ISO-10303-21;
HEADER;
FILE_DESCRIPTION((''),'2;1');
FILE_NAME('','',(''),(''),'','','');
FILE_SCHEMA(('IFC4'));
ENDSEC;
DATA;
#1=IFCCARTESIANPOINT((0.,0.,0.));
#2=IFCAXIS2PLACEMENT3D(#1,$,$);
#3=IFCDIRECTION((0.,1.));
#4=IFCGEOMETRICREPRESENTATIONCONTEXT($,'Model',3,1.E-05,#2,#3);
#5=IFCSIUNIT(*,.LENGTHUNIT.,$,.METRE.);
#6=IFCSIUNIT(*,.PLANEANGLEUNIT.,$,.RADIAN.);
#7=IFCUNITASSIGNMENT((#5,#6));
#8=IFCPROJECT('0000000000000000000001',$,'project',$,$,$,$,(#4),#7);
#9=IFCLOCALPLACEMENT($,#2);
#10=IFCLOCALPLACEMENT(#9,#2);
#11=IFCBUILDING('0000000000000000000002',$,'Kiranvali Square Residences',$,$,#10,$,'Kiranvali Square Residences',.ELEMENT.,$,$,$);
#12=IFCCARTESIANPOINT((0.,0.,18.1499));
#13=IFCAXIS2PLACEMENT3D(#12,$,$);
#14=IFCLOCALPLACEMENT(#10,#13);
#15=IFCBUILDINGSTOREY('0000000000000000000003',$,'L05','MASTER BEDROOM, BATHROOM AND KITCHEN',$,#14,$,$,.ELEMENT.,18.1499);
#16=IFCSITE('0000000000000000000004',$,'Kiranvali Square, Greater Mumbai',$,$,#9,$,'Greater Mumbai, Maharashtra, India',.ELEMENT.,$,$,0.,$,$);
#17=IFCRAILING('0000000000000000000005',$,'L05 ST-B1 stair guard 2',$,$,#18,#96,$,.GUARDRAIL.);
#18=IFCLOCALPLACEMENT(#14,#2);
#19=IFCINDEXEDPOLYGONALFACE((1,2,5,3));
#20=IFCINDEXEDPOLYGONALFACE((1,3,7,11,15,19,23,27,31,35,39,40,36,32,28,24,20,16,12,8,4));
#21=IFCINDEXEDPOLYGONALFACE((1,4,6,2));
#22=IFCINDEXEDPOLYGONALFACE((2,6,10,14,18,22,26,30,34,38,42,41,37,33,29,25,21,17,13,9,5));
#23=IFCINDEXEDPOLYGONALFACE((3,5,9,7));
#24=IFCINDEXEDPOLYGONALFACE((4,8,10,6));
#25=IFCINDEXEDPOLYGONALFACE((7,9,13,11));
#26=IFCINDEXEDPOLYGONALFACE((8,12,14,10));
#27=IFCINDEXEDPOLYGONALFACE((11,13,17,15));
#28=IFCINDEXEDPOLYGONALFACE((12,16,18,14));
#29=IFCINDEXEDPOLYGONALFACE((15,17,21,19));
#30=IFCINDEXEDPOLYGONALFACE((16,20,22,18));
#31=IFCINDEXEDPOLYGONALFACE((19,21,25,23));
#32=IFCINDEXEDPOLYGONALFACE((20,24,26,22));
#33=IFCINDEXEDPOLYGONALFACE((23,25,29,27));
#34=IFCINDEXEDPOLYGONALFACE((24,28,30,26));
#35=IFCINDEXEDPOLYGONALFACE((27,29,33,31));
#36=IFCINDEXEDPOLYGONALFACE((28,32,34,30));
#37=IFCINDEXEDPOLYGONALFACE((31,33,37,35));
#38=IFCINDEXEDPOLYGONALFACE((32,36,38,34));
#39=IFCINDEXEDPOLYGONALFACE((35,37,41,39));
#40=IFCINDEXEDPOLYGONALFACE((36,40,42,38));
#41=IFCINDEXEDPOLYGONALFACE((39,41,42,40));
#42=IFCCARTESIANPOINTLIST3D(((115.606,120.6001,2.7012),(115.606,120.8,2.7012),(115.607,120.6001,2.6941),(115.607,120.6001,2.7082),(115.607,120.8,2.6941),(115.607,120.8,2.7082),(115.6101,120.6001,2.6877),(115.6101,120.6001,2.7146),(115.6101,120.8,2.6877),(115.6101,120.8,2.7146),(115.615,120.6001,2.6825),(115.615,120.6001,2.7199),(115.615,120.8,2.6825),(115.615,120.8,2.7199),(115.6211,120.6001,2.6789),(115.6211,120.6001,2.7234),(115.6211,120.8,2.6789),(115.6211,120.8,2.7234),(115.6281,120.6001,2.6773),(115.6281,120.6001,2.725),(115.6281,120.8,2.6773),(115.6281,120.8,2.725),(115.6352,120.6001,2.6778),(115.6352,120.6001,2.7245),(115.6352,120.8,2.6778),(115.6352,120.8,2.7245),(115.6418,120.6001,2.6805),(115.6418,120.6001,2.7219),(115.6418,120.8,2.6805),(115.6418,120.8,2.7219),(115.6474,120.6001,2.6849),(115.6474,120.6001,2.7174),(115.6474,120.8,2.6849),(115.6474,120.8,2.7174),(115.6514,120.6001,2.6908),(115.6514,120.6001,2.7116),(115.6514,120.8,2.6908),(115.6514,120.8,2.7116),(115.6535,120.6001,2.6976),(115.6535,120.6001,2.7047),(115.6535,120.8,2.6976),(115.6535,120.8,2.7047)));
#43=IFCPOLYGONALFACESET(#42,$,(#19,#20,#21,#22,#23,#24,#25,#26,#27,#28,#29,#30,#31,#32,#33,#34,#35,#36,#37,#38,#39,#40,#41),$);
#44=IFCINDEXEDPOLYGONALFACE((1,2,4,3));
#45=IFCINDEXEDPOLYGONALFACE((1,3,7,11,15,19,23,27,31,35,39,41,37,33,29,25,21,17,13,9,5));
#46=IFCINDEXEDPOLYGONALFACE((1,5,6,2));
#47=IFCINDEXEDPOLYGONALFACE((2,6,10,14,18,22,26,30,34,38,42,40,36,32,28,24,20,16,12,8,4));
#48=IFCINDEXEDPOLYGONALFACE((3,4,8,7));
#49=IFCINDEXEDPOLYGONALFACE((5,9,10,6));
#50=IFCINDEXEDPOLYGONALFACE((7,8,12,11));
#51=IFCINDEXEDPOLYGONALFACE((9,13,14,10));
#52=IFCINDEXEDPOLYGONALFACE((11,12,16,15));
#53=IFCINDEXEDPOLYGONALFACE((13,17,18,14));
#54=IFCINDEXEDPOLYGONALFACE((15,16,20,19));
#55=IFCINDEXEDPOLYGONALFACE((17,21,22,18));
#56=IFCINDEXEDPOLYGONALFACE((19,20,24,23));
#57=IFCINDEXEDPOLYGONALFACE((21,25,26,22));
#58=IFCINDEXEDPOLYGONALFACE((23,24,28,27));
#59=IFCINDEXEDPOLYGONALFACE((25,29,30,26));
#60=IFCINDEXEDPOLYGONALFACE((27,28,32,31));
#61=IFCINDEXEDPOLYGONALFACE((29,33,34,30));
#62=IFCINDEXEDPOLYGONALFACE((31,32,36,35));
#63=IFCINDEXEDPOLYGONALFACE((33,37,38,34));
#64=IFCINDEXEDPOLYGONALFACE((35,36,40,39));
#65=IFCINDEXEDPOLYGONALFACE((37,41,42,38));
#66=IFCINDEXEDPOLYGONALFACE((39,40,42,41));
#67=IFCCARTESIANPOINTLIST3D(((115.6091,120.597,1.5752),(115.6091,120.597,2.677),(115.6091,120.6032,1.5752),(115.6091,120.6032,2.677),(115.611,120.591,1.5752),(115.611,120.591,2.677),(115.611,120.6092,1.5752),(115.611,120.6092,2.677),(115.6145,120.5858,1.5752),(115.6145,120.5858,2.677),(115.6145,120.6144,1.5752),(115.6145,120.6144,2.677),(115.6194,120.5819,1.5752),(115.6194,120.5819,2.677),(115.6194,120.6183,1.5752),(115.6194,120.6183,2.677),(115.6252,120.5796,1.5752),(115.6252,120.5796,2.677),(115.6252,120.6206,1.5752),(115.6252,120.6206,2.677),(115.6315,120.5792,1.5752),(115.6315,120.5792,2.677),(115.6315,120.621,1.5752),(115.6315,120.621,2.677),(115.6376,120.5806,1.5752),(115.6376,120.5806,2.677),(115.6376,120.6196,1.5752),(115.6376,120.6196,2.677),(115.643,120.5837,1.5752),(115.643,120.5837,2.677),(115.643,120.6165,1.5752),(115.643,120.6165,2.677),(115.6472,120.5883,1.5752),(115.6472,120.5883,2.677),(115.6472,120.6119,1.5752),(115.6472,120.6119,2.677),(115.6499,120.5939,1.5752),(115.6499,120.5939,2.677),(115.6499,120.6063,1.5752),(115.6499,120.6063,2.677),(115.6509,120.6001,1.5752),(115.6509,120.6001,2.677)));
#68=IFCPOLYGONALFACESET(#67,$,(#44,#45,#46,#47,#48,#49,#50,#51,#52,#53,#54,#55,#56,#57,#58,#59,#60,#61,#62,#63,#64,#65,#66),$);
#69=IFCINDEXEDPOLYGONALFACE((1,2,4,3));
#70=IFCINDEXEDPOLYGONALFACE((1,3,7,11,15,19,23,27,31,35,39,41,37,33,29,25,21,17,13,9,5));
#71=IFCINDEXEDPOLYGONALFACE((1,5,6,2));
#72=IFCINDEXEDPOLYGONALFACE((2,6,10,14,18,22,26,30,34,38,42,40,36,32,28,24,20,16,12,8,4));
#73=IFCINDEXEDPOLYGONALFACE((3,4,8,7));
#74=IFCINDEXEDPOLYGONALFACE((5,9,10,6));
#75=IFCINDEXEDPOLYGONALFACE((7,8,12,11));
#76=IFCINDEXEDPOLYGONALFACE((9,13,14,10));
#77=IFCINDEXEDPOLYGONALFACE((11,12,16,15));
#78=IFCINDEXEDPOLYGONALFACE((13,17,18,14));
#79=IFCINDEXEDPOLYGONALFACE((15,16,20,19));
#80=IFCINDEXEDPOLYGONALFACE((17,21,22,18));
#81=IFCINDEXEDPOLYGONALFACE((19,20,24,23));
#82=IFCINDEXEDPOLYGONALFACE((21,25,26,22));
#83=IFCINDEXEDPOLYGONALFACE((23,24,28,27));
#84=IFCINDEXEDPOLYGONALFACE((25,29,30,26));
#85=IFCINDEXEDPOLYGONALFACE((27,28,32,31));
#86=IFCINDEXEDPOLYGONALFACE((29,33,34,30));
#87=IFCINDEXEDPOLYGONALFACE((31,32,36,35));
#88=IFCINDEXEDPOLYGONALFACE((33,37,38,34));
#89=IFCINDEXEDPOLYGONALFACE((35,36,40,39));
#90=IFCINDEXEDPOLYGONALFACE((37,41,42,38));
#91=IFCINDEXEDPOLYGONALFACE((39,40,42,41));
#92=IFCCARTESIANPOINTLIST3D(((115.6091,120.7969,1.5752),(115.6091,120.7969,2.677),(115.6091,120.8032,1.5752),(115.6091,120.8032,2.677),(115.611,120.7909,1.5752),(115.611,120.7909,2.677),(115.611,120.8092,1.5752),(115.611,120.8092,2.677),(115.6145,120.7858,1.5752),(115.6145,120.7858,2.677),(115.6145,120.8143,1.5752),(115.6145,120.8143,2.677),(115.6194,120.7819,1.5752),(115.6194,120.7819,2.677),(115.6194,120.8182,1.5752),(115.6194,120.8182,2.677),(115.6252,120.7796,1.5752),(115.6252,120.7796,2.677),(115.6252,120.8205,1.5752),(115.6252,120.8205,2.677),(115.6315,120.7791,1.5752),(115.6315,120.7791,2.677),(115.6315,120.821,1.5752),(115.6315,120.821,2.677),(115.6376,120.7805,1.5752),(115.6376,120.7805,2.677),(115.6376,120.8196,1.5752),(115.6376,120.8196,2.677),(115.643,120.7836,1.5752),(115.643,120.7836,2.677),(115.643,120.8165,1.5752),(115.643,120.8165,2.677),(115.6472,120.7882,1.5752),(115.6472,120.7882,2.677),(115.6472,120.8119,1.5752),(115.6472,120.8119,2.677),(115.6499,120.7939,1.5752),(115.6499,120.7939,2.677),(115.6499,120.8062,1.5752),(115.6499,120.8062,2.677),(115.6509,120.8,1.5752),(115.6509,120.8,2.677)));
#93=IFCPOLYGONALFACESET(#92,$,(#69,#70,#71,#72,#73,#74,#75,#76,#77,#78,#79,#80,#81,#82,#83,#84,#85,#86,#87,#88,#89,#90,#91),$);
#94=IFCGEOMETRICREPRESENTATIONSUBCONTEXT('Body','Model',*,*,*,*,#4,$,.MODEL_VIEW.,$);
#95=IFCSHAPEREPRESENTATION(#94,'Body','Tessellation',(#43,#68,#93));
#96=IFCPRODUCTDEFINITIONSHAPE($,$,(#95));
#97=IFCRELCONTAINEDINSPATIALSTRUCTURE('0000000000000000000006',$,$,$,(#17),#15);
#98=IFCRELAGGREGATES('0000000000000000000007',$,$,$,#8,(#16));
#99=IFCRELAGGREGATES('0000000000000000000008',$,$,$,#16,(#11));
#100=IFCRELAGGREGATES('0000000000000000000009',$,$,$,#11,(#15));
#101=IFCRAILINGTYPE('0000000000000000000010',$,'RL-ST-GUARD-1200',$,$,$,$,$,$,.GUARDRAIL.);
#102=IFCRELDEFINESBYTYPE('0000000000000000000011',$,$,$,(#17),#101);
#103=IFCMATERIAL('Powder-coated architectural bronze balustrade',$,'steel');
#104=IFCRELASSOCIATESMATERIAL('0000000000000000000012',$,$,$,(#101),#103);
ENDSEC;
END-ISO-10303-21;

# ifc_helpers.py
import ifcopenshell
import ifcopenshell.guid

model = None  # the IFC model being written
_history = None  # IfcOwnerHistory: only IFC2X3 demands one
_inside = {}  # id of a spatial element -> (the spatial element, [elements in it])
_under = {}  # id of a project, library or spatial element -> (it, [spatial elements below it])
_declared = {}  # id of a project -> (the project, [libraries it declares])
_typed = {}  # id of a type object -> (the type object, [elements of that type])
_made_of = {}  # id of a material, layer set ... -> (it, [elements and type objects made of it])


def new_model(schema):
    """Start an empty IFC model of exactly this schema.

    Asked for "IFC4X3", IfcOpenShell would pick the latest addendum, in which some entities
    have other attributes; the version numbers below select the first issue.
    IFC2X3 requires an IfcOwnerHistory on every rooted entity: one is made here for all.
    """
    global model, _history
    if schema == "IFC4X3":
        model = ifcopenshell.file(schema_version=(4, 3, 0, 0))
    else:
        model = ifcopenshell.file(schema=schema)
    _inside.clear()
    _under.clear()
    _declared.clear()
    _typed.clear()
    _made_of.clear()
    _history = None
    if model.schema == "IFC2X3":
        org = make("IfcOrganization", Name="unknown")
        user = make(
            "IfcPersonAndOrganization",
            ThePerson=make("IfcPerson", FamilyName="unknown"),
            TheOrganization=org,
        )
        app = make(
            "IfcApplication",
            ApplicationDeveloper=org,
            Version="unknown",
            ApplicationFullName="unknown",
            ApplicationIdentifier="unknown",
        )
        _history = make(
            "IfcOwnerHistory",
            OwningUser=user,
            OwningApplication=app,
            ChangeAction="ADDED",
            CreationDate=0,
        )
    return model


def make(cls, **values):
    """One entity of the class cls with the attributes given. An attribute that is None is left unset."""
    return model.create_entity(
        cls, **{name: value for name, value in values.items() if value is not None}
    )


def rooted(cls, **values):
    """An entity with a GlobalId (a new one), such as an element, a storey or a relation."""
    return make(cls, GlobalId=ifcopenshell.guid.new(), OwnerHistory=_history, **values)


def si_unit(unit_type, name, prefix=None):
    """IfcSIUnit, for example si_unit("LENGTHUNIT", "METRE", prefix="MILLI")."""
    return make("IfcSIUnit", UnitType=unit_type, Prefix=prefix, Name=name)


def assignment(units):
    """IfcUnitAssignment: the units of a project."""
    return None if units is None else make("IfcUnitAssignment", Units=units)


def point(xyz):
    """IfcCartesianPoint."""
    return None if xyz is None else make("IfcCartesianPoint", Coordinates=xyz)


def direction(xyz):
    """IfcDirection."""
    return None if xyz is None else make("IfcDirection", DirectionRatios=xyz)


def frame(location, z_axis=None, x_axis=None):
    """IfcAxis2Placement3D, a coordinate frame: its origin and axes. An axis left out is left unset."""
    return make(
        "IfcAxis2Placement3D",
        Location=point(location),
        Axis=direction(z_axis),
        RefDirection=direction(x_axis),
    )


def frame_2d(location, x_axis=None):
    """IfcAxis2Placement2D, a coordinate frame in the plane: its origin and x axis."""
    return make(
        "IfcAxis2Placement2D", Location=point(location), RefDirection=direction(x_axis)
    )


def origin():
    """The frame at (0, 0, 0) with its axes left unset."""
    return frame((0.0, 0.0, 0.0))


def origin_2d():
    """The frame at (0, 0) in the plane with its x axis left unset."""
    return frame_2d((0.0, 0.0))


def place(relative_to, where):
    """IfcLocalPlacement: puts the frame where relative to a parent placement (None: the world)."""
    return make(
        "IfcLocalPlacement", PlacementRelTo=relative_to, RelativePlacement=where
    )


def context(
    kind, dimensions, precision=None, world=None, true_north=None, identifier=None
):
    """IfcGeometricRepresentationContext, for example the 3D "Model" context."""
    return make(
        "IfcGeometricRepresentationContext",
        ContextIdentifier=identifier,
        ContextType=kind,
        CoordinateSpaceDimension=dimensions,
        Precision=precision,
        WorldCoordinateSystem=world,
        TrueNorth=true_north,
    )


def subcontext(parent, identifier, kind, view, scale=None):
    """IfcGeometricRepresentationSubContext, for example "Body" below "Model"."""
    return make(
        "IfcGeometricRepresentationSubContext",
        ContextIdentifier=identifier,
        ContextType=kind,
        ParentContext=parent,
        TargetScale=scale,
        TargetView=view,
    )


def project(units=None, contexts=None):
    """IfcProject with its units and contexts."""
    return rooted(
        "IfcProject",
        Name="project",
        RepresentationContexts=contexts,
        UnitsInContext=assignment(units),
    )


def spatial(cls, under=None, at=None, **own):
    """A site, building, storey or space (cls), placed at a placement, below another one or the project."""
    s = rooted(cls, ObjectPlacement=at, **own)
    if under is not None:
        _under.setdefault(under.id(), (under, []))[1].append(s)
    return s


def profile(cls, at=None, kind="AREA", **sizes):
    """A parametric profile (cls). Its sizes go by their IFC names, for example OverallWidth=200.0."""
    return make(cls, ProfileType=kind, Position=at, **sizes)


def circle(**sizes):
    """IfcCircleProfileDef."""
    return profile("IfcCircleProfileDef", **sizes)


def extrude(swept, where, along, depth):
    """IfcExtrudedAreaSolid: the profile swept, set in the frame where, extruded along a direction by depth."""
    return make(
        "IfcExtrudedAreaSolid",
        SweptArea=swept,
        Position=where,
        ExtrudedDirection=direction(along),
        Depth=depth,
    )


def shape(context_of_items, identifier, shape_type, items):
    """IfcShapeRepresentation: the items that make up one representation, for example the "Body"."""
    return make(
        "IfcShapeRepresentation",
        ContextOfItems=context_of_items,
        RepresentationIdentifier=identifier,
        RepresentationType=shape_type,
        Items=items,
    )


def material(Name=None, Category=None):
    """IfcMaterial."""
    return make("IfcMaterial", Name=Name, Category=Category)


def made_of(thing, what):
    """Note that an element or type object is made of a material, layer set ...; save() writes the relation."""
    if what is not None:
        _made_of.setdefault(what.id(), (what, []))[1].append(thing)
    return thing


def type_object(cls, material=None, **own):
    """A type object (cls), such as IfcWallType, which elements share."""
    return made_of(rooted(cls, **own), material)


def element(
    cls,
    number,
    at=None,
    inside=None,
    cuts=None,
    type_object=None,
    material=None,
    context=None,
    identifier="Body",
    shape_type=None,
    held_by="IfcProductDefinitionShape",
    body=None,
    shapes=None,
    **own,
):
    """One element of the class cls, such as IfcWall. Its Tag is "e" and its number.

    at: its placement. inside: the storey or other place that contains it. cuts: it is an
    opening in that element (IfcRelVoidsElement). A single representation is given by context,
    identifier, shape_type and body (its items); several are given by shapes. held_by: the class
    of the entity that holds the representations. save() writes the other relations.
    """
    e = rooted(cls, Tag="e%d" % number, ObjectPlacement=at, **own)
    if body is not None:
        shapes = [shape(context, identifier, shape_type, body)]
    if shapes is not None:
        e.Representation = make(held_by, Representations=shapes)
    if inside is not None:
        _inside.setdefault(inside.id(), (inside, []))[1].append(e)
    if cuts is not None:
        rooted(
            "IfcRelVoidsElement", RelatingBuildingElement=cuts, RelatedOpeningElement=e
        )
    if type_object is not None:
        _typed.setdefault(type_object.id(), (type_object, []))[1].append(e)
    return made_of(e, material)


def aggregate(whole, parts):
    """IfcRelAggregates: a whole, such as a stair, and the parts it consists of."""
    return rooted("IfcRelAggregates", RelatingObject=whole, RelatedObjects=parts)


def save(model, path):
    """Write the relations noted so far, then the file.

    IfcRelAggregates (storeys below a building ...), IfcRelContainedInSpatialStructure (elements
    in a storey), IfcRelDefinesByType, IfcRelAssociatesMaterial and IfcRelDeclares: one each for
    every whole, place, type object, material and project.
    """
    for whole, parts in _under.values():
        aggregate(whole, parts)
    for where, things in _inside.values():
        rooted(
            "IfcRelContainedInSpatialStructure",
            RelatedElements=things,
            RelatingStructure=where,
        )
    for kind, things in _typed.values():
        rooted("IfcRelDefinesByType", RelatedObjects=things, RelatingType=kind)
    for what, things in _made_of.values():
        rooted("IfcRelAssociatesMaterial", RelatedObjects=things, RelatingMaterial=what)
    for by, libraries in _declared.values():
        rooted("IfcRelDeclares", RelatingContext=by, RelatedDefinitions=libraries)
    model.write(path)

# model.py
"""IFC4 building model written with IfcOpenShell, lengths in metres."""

from ifc_helpers import new_model, si_unit, direction, frame, origin, origin_2d, place, context, subcontext, project, spatial, circle, extrude, material, type_object, element, save


model = new_model("IFC4")

# Units and contexts
model_context = context("Model", 3, precision=1e-05, world=origin(), true_north=direction((0.0, 1.0)))
body_context = subcontext(model_context, "Body", "Model", "MODEL_VIEW")
ifc_project = project(units=[si_unit("LENGTHUNIT", "METRE"), si_unit("PLANEANGLEUNIT", "RADIAN")], contexts=[model_context])

# Site, building, storey
site_placement = place(None, origin())
site = spatial("IfcSite", under=ifc_project, at=site_placement, Name="Kiranvali Square, Greater Mumbai", LongName="Greater Mumbai, Maharashtra, India", CompositionType="ELEMENT", RefElevation=0.0)
building_placement = place(site_placement, origin())
building = spatial("IfcBuilding", under=site, at=building_placement, Name="Kiranvali Square Residences", LongName="Kiranvali Square Residences", CompositionType="ELEMENT")
storey_placement = place(building_placement, frame((0.0, 0.0, 18.1499)))
storey = spatial("IfcBuildingStorey", under=building, at=storey_placement, Name="L05", Description="MASTER BEDROOM, BATHROOM AND KITCHEN", CompositionType="ELEMENT", Elevation=18.1499)

# Railing
ifc_material_1 = material(Name="Powder-coated architectural bronze balustrade", Category="steel")
railing_type_1 = type_object("IfcRailingType", Name="RL-ST-GUARD-1200", PredefinedType="GUARDRAIL", material=ifc_material_1)
railing_1_placement = place(storey_placement, frame((115.6299, 120.6001, 1.5752)))
element("IfcRailing", 1, at=railing_1_placement, inside=storey, type_object=railing_type_1, Name="L05 ST-B1 stair guard 2", PredefinedType="GUARDRAIL", context=body_context, shape_type="SweptSolid", body=[
    extrude(circle(Radius=0.0239, at=origin_2d()), frame((0.0, 0.0, 1.126), z_axis=(0.0, 1.0, 0.0), x_axis=(-1.0, 0.0, 0.0)), (0.0, 0.0, 1.0), 0.2),
    extrude(circle(Radius=0.021, at=origin_2d()), origin(), (0.0, 0.0, 1.0), 1.1018),
    extrude(circle(Radius=0.021, at=origin_2d()), frame((0.0, 0.2, 0.0)), (0.0, 0.0, 1.0), 1.1018),
])

save(model, "model.ifc")
